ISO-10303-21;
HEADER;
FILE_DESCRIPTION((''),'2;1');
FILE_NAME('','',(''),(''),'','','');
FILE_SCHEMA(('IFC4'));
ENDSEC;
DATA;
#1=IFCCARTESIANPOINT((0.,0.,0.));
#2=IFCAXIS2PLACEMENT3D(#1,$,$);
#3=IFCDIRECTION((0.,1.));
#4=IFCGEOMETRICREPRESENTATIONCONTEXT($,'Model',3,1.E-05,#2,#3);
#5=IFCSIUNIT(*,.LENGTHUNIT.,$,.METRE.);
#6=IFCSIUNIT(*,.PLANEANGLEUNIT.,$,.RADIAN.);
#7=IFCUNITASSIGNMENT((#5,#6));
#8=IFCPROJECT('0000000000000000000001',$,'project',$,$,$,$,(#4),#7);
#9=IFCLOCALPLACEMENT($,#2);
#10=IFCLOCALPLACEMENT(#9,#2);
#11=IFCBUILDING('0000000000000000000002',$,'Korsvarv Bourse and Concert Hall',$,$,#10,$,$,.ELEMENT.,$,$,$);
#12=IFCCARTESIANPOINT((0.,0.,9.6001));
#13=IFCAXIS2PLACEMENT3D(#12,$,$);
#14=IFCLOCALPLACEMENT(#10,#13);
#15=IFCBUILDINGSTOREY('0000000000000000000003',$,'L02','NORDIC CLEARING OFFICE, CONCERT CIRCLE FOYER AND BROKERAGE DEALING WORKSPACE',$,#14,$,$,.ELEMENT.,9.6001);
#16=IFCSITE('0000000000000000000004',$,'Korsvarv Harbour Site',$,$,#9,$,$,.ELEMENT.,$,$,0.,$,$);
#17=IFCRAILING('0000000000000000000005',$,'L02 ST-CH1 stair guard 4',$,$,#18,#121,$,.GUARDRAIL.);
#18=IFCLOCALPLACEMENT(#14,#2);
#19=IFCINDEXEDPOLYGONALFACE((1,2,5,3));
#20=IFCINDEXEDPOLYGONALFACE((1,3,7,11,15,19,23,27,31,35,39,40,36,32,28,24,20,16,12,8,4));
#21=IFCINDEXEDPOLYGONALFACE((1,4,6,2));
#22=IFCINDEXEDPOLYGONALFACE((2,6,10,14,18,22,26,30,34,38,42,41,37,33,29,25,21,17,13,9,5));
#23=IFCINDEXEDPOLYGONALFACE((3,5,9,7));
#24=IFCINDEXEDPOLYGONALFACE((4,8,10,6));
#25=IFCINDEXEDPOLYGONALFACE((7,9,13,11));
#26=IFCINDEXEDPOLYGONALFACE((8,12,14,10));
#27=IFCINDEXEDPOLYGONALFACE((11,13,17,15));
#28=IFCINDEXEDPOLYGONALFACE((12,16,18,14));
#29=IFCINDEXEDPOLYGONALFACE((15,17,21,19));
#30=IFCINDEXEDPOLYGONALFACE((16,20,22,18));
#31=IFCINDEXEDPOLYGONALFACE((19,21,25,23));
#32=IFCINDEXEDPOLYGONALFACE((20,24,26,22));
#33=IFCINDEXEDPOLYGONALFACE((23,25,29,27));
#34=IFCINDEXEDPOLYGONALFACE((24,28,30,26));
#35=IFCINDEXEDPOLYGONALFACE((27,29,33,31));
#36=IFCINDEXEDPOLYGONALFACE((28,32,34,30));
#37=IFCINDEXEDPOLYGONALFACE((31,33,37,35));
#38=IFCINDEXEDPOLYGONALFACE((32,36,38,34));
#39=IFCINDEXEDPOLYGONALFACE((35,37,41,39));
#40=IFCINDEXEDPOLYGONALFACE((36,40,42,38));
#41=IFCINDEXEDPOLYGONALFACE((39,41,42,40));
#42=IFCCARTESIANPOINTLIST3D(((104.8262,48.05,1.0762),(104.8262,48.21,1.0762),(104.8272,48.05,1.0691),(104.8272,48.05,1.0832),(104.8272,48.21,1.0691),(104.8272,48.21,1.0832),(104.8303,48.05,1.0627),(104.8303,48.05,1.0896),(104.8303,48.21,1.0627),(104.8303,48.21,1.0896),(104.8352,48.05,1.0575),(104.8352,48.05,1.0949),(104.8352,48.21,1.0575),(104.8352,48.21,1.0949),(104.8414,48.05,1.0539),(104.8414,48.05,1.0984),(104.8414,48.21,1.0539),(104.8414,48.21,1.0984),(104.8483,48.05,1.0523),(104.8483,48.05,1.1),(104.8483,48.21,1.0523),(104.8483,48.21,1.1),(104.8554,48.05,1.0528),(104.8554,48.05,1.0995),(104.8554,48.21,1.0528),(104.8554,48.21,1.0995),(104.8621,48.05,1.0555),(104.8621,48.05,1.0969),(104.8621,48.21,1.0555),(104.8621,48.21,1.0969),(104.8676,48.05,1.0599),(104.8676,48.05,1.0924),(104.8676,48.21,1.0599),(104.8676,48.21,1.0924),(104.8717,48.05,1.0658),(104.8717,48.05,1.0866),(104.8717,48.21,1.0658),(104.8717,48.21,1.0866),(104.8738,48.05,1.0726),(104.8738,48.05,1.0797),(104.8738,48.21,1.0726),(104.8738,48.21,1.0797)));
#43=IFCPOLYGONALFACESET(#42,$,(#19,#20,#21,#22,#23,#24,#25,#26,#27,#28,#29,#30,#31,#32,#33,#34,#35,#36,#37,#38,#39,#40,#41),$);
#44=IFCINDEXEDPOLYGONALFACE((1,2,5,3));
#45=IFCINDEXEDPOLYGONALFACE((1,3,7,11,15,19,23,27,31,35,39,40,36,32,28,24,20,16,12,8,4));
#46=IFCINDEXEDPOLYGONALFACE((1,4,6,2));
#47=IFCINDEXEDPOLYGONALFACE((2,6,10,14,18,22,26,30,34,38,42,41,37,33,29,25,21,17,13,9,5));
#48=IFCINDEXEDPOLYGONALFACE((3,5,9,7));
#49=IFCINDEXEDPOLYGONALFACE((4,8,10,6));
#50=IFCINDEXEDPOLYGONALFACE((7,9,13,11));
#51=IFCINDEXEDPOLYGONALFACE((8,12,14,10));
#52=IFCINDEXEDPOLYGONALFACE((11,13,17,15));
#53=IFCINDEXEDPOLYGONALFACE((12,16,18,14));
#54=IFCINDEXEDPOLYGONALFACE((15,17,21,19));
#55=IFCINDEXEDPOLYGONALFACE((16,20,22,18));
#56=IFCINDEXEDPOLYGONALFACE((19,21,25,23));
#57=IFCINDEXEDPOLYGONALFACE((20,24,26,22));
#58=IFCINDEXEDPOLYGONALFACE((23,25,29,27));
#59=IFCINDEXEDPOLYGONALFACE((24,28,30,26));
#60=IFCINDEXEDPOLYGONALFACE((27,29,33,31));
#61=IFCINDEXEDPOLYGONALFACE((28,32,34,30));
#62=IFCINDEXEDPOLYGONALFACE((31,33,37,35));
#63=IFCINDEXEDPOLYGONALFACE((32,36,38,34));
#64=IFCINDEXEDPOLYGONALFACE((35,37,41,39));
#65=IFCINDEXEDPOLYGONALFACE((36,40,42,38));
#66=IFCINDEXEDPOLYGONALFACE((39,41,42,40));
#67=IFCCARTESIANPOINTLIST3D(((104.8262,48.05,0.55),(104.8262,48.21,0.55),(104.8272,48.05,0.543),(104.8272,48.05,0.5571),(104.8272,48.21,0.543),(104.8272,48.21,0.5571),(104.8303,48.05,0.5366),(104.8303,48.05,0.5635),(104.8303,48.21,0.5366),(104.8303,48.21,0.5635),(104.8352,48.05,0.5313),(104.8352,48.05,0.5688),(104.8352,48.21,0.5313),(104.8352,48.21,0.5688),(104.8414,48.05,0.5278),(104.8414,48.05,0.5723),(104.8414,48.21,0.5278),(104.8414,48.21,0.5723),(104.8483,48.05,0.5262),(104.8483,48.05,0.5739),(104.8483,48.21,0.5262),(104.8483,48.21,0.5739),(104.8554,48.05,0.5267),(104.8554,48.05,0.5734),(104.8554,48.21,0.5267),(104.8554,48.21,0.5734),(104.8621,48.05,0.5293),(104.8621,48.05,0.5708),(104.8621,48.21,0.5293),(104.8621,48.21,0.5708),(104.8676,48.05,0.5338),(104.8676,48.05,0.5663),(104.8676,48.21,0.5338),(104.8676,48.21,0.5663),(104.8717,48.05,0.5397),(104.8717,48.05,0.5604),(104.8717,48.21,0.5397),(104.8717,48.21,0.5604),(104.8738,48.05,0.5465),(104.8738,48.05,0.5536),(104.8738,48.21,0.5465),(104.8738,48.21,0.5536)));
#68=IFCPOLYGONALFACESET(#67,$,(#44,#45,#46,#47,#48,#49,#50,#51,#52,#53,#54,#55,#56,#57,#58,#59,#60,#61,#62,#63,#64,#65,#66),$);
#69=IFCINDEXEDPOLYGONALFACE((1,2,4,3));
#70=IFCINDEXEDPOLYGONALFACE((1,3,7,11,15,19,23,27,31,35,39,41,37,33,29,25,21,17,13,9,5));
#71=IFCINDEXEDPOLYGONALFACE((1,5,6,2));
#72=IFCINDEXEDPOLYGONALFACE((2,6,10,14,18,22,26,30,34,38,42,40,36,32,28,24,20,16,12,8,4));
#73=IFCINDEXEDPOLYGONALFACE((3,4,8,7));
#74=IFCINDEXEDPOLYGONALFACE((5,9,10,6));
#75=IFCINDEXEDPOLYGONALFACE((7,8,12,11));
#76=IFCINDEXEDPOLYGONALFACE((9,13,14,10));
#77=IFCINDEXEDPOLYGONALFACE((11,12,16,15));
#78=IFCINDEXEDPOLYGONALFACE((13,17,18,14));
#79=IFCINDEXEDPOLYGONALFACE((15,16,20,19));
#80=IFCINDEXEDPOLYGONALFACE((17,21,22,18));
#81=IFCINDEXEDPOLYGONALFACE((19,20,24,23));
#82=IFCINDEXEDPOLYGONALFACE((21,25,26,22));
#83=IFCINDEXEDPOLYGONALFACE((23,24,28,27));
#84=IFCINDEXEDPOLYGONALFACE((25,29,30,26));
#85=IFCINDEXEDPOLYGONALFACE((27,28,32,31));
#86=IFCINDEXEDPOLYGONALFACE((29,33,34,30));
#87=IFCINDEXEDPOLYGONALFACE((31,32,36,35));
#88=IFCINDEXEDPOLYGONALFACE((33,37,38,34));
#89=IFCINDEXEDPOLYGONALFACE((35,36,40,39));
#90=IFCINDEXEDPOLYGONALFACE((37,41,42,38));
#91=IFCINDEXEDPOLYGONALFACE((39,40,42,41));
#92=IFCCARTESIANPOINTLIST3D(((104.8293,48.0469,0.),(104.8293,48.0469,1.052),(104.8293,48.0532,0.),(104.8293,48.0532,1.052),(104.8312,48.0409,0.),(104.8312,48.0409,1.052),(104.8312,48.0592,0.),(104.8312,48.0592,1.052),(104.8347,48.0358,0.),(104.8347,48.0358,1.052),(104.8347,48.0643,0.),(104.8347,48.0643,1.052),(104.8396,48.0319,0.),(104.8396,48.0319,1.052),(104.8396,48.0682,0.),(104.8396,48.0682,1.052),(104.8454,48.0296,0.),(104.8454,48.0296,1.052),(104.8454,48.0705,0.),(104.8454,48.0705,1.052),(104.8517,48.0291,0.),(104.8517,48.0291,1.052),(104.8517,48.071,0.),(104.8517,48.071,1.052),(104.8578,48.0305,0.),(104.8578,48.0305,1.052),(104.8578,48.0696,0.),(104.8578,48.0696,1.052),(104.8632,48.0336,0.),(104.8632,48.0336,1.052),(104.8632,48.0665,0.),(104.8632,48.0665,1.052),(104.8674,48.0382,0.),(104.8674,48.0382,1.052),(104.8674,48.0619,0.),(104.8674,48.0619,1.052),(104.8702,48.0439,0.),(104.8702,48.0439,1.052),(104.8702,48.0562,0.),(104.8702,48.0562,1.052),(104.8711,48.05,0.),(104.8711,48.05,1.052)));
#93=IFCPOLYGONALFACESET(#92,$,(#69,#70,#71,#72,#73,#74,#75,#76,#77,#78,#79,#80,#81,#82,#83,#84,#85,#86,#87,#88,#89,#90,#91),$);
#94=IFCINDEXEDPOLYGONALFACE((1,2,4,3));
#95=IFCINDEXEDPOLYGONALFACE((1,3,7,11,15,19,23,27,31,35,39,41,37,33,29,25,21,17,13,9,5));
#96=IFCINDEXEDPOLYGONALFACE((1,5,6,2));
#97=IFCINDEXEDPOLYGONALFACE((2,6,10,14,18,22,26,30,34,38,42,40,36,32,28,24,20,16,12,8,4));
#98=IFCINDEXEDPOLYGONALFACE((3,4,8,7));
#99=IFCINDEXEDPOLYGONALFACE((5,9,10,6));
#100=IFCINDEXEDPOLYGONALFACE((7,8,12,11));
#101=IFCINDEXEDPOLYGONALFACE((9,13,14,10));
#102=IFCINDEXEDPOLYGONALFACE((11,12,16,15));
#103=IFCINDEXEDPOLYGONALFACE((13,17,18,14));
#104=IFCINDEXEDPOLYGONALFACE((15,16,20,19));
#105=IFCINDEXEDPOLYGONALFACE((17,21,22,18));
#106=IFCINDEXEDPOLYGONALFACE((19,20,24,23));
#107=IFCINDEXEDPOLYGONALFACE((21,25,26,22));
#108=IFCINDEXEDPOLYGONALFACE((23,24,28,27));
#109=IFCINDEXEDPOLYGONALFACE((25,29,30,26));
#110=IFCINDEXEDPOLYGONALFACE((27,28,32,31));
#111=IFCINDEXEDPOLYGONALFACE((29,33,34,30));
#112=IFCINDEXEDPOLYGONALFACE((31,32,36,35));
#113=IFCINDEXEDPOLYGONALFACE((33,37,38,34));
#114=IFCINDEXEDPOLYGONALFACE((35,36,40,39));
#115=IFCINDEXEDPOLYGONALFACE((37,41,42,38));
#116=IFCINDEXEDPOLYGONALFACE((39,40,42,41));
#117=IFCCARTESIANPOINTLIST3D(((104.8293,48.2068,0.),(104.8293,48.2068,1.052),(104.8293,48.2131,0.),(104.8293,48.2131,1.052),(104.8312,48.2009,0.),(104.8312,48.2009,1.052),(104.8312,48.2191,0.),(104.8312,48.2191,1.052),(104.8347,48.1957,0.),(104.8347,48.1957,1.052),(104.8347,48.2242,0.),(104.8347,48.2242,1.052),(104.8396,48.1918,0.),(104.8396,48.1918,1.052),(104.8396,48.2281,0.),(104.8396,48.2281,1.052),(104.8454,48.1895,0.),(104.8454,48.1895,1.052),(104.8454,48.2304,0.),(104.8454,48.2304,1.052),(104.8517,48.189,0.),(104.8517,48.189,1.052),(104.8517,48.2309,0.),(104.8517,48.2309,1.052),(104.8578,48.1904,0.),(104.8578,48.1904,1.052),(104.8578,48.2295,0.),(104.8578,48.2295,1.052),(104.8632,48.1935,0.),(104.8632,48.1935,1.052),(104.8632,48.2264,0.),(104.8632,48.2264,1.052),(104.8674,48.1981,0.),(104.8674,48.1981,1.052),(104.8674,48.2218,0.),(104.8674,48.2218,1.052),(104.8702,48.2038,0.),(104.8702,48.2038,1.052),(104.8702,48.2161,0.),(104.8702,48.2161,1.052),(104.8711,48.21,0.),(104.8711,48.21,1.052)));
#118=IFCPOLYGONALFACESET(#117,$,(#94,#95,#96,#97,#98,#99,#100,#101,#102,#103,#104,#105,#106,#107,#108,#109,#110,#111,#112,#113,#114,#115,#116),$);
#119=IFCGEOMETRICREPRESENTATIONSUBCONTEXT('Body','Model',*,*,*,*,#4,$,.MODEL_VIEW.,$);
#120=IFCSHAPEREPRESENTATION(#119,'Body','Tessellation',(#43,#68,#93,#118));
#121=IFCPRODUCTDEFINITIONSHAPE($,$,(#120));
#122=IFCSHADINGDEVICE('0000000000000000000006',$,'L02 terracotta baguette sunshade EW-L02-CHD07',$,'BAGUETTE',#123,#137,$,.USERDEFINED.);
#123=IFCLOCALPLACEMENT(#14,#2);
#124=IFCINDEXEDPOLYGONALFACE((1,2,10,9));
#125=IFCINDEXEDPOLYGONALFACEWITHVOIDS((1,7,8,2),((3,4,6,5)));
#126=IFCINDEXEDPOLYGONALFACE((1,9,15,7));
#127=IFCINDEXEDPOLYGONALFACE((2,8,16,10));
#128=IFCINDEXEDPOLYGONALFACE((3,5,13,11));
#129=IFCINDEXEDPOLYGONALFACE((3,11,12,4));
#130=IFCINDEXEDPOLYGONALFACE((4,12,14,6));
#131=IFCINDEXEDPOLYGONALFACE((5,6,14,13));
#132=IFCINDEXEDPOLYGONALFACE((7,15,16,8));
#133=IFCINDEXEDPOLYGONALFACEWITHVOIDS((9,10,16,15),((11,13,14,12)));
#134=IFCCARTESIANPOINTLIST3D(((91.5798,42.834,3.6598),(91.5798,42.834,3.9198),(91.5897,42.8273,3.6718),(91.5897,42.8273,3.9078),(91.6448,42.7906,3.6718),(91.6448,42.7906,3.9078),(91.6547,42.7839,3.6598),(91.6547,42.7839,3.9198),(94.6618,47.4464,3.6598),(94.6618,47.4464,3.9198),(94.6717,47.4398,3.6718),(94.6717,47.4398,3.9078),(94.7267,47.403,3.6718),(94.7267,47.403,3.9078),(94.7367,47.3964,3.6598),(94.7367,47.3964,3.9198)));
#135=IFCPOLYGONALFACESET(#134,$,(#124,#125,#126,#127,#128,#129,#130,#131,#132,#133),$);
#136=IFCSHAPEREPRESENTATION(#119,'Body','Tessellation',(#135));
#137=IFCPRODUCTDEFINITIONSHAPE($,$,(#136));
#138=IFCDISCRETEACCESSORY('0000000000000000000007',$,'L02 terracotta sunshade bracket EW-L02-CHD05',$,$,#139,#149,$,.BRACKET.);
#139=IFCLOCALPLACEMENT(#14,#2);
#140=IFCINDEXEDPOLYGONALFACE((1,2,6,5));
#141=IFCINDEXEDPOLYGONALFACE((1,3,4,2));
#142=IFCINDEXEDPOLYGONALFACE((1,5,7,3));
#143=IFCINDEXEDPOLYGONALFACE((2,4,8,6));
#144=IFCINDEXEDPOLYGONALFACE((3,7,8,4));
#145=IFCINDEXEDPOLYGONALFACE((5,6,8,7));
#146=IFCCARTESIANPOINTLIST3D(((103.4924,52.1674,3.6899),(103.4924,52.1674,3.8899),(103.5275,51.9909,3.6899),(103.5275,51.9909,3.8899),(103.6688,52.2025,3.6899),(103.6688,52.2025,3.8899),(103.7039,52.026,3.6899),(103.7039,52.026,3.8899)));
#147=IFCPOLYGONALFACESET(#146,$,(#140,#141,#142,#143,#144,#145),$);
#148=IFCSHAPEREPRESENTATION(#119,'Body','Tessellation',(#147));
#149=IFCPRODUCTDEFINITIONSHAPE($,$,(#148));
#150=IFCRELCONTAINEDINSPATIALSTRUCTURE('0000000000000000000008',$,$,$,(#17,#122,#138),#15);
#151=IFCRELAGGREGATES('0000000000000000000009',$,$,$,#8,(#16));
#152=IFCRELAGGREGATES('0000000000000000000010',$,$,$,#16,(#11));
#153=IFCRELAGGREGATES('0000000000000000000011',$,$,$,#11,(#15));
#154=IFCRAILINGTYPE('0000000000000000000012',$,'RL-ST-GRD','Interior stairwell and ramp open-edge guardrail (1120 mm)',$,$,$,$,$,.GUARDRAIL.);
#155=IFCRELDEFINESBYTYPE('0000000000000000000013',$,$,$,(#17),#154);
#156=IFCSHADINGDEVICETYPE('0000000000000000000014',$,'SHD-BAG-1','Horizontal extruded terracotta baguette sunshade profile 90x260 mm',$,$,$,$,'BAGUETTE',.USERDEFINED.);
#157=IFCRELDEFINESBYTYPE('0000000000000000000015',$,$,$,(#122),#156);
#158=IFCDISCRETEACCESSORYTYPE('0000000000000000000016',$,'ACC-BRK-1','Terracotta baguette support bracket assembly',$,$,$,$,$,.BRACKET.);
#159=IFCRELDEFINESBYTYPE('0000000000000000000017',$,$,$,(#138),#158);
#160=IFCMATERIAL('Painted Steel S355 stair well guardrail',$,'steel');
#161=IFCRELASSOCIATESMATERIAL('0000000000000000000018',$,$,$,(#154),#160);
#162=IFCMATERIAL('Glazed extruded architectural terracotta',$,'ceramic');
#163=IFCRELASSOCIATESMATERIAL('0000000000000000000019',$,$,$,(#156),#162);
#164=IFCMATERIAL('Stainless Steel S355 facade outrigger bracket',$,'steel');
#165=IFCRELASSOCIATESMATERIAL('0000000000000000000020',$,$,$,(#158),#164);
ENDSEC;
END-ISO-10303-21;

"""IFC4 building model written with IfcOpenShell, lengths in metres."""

from ifc_helpers import new_model, si_unit, direction, frame, origin, origin_2d, place, context, subcontext, project, spatial, rectangle, hollow_rectangle, circle, extrude, source, transform, mapped, material, material_profile, profile_set, type_object, element, save


model = new_model("IFC4")

# Units and contexts
model_context = context("Model", 3, precision=1e-05, world=origin(), true_north=direction((0.0, 1.0)))
body_context = subcontext(model_context, "Body", "Model", "MODEL_VIEW")
ifc_project = project(units=[si_unit("LENGTHUNIT", "METRE"), si_unit("PLANEANGLEUNIT", "RADIAN")], contexts=[model_context])

# Site, building, storey
site_placement = place(None, origin())
site = spatial("IfcSite", under=ifc_project, at=site_placement, Name="Korsvarv Harbour Site", CompositionType="ELEMENT", RefElevation=0.0)
building_placement = place(site_placement, origin())
building = spatial("IfcBuilding", under=site, at=building_placement, Name="Korsvarv Bourse and Concert Hall", CompositionType="ELEMENT")
storey_placement = place(building_placement, frame((0.0, 0.0, 9.6001)))
storey = spatial("IfcBuildingStorey", under=building, at=storey_placement, Name="L02", Description="NORDIC CLEARING OFFICE, CONCERT CIRCLE FOYER AND BROKERAGE DEALING WORKSPACE", CompositionType="ELEMENT", Elevation=9.6001)

# Railing
ifc_material_1 = material(Name="Painted Steel S355 stair well guardrail", Category="steel")
railing_type = type_object("IfcRailingType", Name="RL-ST-GRD", Description="Interior stairwell and ramp open-edge guardrail (1120 mm)", PredefinedType="GUARDRAIL", material=ifc_material_1)
railing_1_placement = place(storey_placement, frame((104.8501, 48.05, 0.0)))
element("IfcRailing", 1, at=railing_1_placement, inside=storey, type_object=railing_type, Name="L02 ST-CH1 stair guard 4", PredefinedType="GUARDRAIL", context=body_context, shape_type="SweptSolid", body=[
    extrude(circle(Radius=0.0239, at=origin_2d()), frame((0.0, 0.0, 1.0762), z_axis=(0.0, 1.0, 0.0), x_axis=(-1.0, 0.0, 0.0)), (0.0, 0.0, 1.0), 0.1599),
    extrude(circle(Radius=0.0239, at=origin_2d()), frame((0.0, 0.0, 0.55), z_axis=(0.0, 1.0, 0.0), x_axis=(-1.0, 0.0, 0.0)), (0.0, 0.0, 1.0), 0.1599),
    extrude(circle(Radius=0.021, at=origin_2d()), origin(), (0.0, 0.0, 1.0), 1.052),
    extrude(circle(Radius=0.021, at=origin_2d()), frame((0.0, 0.1599, 0.0)), (0.0, 0.0, 1.0), 1.052),
])

# Shading device
ifc_material_2 = material(Name="Glazed extruded architectural terracotta", Category="ceramic")
ifc_material_profile_1 = material_profile(ifc_material_2, hollow_rectangle(XDim=0.0901, YDim=0.26, WallThickness=0.012, at=origin_2d()), Name="TC-BAG 90x260")
ifc_profile_set_1 = profile_set([ifc_material_profile_1], Name="Glazed extruded architectural terracotta")
shading_device_type = type_object("IfcShadingDeviceType", Name="SHD-BAG-1", Description="Horizontal extruded terracotta baguette sunshade profile 90x260 mm", ElementType="BAGUETTE", PredefinedType="USERDEFINED", material=ifc_profile_set_1)
shared_shape_1 = source(origin(), body_context, "Body", "SweptSolid", [
    extrude(hollow_rectangle(XDim=0.0901, YDim=0.26, WallThickness=0.012, at=origin_2d()), origin(), (0.0, 0.0, 1.0), 5.5474),
])
shading_device_placement = place(storey_placement, frame((94.6992, 47.4214, 3.7898), z_axis=(-0.555573, -0.831468, 0.0), x_axis=(0.831468, -0.555573, 0.0)))
element("IfcShadingDevice", 2, at=shading_device_placement, inside=storey, type_object=shading_device_type, Name="L02 terracotta baguette sunshade EW-L02-CHD07", ObjectType="BAGUETTE", PredefinedType="USERDEFINED", context=body_context, shape_type="MappedRepresentation", body=[
    mapped(shared_shape_1, transform((0.0, 0.0, 0.0), scale=1.0)),
])

# Discrete accessory
ifc_material_3 = material(Name="Stainless Steel S355 facade outrigger bracket", Category="steel")
discrete_accessory_type = type_object("IfcDiscreteAccessoryType", Name="ACC-BRK-1", Description="Terracotta baguette support bracket assembly", PredefinedType="BRACKET", material=ifc_material_3)
shared_shape_2 = source(origin(), body_context, "Body", "SweptSolid", [
    extrude(rectangle(XDim=0.1799, YDim=0.1799, at=origin_2d()), origin(), (0.0, 0.0, 1.0), 0.2),
])
discrete_accessory_placement = place(storey_placement, frame((103.5981, 52.0967, 3.6899), z_axis=(0.0, 0.0, 1.0), x_axis=(-0.980785, -0.19509, 0.0)))
element("IfcDiscreteAccessory", 3, at=discrete_accessory_placement, inside=storey, type_object=discrete_accessory_type, Name="L02 terracotta sunshade bracket EW-L02-CHD05", PredefinedType="BRACKET", context=body_context, shape_type="MappedRepresentation", body=[
    mapped(shared_shape_2, transform((0.0, 0.0, 0.0), scale=1.0)),
])

save(model, "model.ifc")
